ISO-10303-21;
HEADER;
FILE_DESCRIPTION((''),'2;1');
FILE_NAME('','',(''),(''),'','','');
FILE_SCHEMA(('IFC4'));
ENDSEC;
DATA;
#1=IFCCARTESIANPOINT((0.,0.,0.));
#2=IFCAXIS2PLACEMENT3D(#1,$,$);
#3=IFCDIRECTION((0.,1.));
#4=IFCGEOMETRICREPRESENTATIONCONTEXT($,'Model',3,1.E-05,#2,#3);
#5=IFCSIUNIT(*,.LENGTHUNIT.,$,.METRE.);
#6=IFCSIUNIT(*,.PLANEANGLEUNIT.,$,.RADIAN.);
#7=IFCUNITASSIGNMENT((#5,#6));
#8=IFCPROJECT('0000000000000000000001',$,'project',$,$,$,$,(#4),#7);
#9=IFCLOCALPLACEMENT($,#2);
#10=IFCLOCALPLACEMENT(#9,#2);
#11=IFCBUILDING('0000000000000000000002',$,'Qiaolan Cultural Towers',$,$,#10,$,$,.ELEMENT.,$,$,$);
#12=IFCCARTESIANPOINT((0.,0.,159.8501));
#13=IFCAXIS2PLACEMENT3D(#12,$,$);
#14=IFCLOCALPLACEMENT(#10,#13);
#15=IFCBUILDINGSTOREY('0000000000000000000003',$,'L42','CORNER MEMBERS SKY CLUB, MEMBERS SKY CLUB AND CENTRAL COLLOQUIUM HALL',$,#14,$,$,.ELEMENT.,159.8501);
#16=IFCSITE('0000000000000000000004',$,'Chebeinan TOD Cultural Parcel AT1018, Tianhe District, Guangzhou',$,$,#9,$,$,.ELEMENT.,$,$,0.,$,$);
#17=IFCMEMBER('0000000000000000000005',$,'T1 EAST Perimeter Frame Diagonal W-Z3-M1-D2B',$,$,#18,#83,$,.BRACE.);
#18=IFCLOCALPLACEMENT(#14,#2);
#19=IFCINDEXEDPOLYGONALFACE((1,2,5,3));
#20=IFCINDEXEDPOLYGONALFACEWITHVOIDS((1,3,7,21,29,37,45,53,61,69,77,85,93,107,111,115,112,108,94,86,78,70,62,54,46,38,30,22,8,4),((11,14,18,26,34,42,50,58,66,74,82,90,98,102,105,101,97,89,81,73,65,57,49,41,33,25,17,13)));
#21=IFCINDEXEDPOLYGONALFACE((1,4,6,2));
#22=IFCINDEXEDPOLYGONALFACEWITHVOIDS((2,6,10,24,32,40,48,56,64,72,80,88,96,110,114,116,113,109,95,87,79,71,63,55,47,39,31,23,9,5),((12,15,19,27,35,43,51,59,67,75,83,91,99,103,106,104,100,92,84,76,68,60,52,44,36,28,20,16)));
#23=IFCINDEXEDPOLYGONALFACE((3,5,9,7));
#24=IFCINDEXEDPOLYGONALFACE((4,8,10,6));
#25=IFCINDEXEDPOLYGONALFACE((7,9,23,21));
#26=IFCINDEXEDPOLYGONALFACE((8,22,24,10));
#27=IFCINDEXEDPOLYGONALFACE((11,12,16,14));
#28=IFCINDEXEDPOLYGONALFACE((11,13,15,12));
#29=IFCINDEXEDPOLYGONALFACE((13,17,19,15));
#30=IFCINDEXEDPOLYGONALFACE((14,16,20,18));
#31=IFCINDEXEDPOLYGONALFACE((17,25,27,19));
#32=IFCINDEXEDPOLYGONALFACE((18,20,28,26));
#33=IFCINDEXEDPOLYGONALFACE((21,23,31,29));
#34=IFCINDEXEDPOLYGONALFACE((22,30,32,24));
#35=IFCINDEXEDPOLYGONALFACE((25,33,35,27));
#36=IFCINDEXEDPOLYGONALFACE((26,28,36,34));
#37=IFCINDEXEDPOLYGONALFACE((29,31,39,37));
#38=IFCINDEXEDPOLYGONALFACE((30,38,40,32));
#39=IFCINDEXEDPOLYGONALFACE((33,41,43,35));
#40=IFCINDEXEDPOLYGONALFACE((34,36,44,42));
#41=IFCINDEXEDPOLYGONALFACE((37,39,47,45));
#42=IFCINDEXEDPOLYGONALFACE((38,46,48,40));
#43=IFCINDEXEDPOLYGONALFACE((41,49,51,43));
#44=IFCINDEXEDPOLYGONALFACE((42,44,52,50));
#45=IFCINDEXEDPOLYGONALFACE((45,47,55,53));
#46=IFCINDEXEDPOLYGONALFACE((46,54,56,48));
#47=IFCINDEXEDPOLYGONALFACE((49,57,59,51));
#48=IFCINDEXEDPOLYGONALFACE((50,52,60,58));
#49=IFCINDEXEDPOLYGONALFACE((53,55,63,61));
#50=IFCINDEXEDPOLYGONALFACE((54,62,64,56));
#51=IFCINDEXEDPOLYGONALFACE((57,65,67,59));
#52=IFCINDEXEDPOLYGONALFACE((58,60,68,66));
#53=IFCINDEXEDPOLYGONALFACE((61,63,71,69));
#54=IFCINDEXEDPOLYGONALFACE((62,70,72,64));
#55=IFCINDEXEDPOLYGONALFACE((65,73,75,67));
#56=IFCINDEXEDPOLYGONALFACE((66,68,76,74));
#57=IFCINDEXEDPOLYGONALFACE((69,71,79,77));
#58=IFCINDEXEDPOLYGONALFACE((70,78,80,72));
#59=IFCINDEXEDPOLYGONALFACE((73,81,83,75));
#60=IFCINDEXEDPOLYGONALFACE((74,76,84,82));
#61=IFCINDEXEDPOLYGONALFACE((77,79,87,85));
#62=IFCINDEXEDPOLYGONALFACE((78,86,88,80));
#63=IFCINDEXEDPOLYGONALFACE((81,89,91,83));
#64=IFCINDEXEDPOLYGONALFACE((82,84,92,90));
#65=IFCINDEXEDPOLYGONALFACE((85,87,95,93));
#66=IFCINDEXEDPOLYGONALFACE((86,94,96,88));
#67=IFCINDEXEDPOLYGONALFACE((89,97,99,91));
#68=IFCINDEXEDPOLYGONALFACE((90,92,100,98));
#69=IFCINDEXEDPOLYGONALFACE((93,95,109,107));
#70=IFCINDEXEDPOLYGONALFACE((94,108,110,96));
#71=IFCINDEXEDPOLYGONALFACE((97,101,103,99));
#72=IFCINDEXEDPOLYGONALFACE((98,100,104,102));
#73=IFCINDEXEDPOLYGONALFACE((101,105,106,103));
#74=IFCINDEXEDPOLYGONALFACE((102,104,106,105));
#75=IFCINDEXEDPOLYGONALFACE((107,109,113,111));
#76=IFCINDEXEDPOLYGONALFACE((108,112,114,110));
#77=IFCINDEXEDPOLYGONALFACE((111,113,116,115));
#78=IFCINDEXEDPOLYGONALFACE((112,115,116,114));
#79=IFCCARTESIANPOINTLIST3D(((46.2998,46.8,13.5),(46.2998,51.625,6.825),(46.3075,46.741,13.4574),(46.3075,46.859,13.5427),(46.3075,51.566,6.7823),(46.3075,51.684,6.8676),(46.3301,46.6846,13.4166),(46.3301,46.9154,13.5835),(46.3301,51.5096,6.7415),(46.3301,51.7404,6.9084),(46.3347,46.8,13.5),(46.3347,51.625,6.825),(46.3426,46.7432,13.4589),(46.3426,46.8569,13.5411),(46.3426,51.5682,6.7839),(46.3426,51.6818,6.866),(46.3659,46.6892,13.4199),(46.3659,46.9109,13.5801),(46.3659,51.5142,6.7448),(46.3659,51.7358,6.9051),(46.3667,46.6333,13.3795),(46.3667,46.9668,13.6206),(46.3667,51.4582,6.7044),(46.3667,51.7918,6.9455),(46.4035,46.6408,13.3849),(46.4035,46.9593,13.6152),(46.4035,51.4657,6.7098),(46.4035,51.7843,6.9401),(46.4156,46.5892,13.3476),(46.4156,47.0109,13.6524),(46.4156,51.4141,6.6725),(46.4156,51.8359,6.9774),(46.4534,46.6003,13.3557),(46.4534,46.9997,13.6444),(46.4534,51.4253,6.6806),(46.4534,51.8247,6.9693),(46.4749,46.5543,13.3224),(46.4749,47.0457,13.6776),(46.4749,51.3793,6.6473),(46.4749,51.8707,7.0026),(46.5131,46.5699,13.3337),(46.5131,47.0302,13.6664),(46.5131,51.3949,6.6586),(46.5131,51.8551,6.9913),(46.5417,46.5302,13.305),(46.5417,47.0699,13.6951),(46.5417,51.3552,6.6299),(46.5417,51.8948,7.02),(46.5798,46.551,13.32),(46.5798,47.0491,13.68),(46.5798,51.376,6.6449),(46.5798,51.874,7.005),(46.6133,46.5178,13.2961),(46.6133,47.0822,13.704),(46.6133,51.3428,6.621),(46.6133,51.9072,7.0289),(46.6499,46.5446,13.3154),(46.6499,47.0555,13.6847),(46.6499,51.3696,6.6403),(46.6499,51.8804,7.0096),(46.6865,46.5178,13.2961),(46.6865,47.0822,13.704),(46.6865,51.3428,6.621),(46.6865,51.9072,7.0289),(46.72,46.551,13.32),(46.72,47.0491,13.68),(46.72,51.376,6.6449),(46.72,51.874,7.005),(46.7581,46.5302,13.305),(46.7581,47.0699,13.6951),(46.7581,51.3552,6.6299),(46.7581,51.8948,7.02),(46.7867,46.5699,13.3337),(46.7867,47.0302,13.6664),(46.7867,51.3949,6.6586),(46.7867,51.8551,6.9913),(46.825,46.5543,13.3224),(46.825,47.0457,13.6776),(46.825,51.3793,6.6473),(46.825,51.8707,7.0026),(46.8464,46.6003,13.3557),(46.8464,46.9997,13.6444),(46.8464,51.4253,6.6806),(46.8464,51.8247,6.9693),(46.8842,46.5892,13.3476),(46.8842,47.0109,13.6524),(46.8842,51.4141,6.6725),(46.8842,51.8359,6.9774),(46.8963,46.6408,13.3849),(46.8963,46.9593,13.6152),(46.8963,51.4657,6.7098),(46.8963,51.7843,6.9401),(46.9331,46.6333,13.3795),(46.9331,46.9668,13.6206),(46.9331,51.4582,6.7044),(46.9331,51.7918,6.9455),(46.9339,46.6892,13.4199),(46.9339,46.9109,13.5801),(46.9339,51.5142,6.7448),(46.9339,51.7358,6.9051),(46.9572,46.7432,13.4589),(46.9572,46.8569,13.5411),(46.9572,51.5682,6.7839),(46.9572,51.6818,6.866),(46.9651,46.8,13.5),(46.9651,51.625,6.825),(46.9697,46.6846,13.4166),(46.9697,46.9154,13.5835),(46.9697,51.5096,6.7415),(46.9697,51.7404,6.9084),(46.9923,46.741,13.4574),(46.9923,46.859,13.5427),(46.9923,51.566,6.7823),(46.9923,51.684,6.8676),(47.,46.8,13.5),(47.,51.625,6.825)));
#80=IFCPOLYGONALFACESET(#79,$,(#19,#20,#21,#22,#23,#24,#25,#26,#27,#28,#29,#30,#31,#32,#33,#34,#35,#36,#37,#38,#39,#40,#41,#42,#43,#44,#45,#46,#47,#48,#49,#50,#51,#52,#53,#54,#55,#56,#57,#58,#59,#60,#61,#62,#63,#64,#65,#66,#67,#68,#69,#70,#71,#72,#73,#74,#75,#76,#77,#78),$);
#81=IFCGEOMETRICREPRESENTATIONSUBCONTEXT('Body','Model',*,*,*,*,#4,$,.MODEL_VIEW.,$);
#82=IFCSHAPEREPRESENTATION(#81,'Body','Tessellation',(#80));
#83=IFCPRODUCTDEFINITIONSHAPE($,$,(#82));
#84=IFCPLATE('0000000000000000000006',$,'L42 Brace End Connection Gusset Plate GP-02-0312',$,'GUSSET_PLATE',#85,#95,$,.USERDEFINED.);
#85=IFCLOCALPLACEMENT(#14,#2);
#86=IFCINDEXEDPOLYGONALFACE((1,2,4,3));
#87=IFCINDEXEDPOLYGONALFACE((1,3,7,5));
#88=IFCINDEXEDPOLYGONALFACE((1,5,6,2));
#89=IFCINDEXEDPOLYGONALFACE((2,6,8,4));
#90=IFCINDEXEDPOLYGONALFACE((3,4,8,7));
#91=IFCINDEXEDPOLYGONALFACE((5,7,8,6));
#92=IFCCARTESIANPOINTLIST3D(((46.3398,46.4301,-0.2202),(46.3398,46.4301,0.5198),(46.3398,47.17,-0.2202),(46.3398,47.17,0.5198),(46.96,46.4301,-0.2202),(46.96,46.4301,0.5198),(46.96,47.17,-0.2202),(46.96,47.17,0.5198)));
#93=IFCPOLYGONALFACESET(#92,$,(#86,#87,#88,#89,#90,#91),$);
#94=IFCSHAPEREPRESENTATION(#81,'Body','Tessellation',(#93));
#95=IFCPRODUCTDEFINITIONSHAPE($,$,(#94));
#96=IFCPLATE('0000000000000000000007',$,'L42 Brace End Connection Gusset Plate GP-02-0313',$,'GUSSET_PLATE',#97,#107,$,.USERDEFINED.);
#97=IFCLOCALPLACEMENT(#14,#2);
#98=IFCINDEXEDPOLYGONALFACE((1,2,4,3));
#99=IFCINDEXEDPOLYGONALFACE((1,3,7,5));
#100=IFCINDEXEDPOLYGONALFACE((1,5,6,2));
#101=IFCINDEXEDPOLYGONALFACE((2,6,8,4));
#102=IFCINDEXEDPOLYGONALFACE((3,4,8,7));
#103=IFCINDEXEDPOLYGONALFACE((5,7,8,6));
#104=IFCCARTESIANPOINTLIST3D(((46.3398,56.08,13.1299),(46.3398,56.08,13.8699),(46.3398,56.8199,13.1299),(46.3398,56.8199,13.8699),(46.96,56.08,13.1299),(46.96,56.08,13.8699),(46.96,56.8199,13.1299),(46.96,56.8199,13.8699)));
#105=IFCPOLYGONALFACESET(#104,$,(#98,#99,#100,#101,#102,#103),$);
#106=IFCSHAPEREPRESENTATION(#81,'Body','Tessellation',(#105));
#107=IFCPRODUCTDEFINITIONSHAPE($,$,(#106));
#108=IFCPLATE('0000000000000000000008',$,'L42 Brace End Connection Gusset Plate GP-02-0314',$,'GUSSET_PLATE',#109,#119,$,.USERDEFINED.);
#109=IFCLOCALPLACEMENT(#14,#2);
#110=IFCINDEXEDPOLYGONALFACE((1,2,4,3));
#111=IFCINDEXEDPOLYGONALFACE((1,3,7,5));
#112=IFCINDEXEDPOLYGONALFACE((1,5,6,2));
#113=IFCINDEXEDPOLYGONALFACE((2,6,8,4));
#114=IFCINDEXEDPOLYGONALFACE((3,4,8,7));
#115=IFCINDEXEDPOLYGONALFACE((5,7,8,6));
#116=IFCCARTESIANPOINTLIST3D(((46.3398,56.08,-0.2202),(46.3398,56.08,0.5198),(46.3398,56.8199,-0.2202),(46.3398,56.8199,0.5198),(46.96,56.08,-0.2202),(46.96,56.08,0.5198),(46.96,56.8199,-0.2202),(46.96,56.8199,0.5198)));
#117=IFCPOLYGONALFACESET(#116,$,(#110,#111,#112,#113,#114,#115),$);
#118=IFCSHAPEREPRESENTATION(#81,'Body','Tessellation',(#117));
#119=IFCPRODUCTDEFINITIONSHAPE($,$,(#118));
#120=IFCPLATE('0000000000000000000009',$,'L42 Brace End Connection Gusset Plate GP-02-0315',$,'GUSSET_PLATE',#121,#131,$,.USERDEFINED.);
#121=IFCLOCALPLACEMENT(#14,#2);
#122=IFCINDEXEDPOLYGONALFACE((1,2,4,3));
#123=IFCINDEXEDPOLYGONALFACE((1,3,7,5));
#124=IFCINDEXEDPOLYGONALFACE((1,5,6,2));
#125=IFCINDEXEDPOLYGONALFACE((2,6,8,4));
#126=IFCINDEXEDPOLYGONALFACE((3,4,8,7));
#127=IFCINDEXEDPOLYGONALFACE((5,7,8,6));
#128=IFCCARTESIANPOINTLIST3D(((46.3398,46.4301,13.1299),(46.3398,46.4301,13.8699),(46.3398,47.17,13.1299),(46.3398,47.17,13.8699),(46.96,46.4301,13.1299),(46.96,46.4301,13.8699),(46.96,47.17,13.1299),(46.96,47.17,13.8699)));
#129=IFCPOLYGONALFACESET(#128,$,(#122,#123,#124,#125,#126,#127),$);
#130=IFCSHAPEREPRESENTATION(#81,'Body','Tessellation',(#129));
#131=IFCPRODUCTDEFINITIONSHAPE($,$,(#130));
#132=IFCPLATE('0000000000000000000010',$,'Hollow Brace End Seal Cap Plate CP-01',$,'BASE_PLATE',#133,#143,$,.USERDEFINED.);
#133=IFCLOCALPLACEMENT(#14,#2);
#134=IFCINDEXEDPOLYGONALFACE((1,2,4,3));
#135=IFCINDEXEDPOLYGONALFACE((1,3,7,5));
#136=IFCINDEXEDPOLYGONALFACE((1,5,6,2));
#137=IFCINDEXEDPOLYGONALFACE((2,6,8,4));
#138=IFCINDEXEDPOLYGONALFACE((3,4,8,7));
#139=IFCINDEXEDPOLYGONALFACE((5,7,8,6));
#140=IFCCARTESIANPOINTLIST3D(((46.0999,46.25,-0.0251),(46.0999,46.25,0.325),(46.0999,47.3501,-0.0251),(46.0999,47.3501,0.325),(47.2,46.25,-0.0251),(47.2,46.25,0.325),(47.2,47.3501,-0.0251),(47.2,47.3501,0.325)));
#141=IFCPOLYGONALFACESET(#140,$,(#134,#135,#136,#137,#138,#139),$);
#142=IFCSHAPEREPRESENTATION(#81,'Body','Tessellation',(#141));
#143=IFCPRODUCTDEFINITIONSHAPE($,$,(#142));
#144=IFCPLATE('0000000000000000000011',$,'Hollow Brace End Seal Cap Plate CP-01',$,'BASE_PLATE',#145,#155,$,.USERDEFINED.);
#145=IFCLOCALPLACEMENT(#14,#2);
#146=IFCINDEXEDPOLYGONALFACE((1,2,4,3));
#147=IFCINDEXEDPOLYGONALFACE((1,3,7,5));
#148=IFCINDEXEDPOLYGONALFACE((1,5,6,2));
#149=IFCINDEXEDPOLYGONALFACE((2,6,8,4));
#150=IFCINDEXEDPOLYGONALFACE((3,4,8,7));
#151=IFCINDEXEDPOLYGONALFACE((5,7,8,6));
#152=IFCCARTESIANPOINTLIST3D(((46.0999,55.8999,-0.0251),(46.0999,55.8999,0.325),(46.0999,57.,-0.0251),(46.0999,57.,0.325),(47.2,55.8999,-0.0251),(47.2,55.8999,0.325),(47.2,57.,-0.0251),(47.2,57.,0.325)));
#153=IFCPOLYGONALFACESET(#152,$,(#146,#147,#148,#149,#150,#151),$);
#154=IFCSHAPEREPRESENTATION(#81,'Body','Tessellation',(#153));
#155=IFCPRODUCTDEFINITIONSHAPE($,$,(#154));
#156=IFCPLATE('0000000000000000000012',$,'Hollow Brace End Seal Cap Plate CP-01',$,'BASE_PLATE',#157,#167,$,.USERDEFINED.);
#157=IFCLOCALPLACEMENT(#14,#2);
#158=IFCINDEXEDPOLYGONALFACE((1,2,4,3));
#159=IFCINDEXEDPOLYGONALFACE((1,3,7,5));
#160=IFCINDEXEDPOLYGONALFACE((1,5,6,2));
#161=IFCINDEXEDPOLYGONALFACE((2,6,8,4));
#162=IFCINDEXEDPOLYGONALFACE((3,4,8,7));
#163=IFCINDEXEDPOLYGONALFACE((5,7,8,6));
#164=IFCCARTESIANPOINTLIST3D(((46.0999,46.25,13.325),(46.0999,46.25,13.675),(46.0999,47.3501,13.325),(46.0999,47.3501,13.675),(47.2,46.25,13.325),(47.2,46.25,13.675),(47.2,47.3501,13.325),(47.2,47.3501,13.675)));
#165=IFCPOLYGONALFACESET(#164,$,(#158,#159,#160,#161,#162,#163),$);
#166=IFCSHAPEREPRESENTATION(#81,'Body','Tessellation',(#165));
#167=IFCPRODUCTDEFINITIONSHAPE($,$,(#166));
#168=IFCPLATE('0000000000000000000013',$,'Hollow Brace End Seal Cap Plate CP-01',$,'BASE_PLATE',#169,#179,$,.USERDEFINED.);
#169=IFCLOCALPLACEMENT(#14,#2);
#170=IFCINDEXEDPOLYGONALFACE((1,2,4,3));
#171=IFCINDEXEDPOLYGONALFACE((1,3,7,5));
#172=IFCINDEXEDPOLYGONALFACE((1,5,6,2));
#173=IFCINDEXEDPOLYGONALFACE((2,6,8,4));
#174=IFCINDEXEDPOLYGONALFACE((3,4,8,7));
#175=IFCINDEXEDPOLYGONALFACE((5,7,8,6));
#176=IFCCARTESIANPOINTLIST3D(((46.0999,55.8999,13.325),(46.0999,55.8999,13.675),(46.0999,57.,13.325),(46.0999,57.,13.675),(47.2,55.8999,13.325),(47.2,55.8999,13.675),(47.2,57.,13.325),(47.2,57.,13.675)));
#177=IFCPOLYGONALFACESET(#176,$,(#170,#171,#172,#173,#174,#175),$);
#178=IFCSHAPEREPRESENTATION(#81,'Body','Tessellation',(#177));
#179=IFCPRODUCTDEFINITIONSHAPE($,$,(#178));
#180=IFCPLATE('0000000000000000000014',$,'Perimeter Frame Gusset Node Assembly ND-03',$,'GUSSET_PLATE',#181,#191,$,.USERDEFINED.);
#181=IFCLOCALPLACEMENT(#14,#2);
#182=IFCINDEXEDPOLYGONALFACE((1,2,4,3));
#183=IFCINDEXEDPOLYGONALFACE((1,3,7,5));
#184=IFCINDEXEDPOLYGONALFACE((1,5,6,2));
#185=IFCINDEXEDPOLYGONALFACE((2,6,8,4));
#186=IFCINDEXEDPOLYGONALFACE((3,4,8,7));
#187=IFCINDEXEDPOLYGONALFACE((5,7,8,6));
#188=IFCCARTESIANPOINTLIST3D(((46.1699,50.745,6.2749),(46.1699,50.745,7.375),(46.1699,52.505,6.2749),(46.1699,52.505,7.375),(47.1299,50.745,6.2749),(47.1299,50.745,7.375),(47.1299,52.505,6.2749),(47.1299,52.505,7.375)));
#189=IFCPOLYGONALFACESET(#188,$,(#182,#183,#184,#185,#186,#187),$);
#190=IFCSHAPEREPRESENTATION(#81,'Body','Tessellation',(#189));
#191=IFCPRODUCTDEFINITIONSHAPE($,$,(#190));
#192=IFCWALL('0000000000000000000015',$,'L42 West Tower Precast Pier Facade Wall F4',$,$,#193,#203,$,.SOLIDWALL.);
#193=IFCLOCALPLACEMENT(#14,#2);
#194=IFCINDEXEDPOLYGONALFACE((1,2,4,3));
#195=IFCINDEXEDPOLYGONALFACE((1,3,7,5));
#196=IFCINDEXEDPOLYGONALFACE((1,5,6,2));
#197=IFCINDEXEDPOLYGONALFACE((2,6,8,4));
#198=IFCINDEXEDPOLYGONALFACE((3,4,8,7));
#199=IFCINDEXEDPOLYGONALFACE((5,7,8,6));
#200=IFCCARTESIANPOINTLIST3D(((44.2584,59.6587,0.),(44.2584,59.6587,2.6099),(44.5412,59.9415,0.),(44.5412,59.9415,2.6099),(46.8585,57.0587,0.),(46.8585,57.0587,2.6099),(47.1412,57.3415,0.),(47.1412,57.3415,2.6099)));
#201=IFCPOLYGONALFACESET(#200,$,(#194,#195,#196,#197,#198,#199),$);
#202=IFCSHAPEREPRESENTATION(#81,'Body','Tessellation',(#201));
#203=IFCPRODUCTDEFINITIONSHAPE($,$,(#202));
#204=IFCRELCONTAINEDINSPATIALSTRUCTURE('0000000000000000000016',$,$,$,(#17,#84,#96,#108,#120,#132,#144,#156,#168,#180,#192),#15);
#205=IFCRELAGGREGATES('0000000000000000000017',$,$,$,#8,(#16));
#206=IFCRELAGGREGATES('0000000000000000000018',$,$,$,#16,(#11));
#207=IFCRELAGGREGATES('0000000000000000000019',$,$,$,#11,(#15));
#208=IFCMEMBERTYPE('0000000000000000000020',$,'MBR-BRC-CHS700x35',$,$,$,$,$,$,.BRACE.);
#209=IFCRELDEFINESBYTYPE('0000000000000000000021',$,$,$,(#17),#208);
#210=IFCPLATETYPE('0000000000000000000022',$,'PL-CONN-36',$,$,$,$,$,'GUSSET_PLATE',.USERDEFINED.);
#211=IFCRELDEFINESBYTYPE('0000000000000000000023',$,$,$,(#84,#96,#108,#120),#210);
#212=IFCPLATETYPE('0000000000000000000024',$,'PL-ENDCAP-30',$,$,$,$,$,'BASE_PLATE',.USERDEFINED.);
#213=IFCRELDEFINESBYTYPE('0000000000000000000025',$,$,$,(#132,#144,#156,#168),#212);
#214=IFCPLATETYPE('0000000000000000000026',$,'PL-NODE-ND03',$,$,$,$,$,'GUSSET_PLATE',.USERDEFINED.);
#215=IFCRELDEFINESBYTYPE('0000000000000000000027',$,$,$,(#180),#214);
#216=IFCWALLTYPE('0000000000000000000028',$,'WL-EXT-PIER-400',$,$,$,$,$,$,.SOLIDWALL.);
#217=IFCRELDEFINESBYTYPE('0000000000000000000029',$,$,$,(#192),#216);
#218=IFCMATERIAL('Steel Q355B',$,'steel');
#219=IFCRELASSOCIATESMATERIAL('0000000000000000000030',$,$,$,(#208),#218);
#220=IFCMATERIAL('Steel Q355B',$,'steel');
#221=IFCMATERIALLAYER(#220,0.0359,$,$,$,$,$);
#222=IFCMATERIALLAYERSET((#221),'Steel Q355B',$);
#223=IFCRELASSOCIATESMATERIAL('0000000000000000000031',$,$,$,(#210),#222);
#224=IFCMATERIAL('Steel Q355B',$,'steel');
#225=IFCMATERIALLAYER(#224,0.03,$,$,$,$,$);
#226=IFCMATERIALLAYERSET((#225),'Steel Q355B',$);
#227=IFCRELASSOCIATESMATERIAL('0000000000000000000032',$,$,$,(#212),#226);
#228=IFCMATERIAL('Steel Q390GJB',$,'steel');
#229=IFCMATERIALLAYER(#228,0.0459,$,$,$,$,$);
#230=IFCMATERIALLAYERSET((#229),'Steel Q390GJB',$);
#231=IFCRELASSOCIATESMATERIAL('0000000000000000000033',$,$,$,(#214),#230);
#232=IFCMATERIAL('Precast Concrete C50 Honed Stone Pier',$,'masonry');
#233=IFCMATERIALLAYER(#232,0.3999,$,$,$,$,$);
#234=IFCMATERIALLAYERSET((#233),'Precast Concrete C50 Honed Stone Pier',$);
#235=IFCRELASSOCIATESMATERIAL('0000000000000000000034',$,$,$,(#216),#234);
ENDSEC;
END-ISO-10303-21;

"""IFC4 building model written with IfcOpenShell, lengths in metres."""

from ifc_helpers import new_model, si_unit, direction, frame, frame_2d, origin, origin_2d, place, context, subcontext, project, spatial, rectangle, hollow_circle, extrude, material, layer, layer_set, material_profile, profile_set, type_object, element, save


model = new_model("IFC4")

# Units and contexts
model_context = context("Model", 3, precision=1e-05, world=origin(), true_north=direction((0.0, 1.0)))
body_context = subcontext(model_context, "Body", "Model", "MODEL_VIEW")
ifc_project = project(units=[si_unit("LENGTHUNIT", "METRE"), si_unit("PLANEANGLEUNIT", "RADIAN")], contexts=[model_context])

# Site, building, storey
site_placement = place(None, origin())
site = spatial("IfcSite", under=ifc_project, at=site_placement, Name="Chebeinan TOD Cultural Parcel AT1018, Tianhe District, Guangzhou", CompositionType="ELEMENT", RefElevation=0.0)
building_placement = place(site_placement, origin())
building = spatial("IfcBuilding", under=site, at=building_placement, Name="Qiaolan Cultural Towers", CompositionType="ELEMENT")
storey_placement = place(building_placement, frame((0.0, 0.0, 159.8501)))
storey = spatial("IfcBuildingStorey", under=building, at=storey_placement, Name="L42", Description="CORNER MEMBERS SKY CLUB, MEMBERS SKY CLUB AND CENTRAL COLLOQUIUM HALL", CompositionType="ELEMENT", Elevation=159.8501)

# Member
ifc_material_1 = material(Name="Steel Q355B", Category="steel")
ifc_material_profile_1 = material_profile(ifc_material_1, hollow_circle(Radius=0.3501, WallThickness=0.0349, at=origin_2d()), Name="CHS700x35")
ifc_profile_set_1 = profile_set([ifc_material_profile_1], Name="Steel Q355B")
member_type = type_object("IfcMemberType", Name="MBR-BRC-CHS700x35", PredefinedType="BRACE", material=ifc_profile_set_1)
for number, where, z_axis, x_axis, name in (
    (1, (46.6499, 51.625, 6.825), (0.0, -0.585816, 0.810444), (1.0, 0.0, 0.0), "T1 EAST Perimeter Frame Diagonal W-Z3-M1-D2B"),
):
    element("IfcMember", number, at=place(storey_placement, frame(where, z_axis=z_axis, x_axis=x_axis)), inside=storey, type_object=member_type, Name=name, PredefinedType="BRACE", context=body_context, shape_type="SweptSolid", body=[
        extrude(hollow_circle(Radius=0.3501, WallThickness=0.0349, at=origin_2d()), origin(), (0.0, 0.0, 1.0), 8.2363),
    ])

# Plates
ifc_material_2 = material(Name="Steel Q355B", Category="steel")
ifc_layer_1 = layer(ifc_material_2, 0.0359)
ifc_layer_set_1 = layer_set([ifc_layer_1], Name="Steel Q355B")
plate_type_1 = type_object("IfcPlateType", Name="PL-CONN-36", ElementType="GUSSET_PLATE", PredefinedType="USERDEFINED", material=ifc_layer_set_1)
for number, where, z_axis, x_axis, name in (
    (2, (46.6499, 46.8, -0.2202), (0.0, 0.0, 1.0), (0.0, 1.0, 0.0), "L42 Brace End Connection Gusset Plate GP-02-0312"),
    (3, (46.6499, 56.45, 13.1299), (0.0, 0.0, 1.0), (0.0, 1.0, 0.0), "L42 Brace End Connection Gusset Plate GP-02-0313"),
    (4, (46.6499, 56.45, -0.2202), (0.0, 0.0, 1.0), (0.0, 1.0, 0.0), "L42 Brace End Connection Gusset Plate GP-02-0314"),
    (5, (46.6499, 46.8, 13.1299), (0.0, 0.0, 1.0), (0.0, 1.0, 0.0), "L42 Brace End Connection Gusset Plate GP-02-0315"),
):
    element("IfcPlate", number, at=place(storey_placement, frame(where, z_axis=z_axis, x_axis=x_axis)), inside=storey, type_object=plate_type_1, Name=name, ObjectType="GUSSET_PLATE", PredefinedType="USERDEFINED", context=body_context, shape_type="SweptSolid", body=[
        extrude(rectangle(XDim=0.74, YDim=0.6201, at=origin_2d()), origin(), (0.0, 0.0, 1.0), 0.74),
    ])
ifc_material_3 = material(Name="Steel Q355B", Category="steel")
ifc_layer_2 = layer(ifc_material_3, 0.03)
ifc_layer_set_2 = layer_set([ifc_layer_2], Name="Steel Q355B")
plate_type_2 = type_object("IfcPlateType", Name="PL-ENDCAP-30", ElementType="BASE_PLATE", PredefinedType="USERDEFINED", material=ifc_layer_set_2)
for number, where, z_axis, x_axis, name in (
    (6, (46.6499, 46.8, -0.0251), (0.0, 0.0, 1.0), (0.0, 1.0, 0.0), "Hollow Brace End Seal Cap Plate CP-01"),
    (7, (46.6499, 56.45, -0.0251), (0.0, 0.0, 1.0), (0.0, 1.0, 0.0), "Hollow Brace End Seal Cap Plate CP-01"),
    (8, (46.6499, 46.8, 13.325), (0.0, 0.0, 1.0), (0.0, 1.0, 0.0), "Hollow Brace End Seal Cap Plate CP-01"),
    (9, (46.6499, 56.45, 13.325), (0.0, 0.0, 1.0), (0.0, 1.0, 0.0), "Hollow Brace End Seal Cap Plate CP-01"),
):
    element("IfcPlate", number, at=place(storey_placement, frame(where, z_axis=z_axis, x_axis=x_axis)), inside=storey, type_object=plate_type_2, Name=name, ObjectType="BASE_PLATE", PredefinedType="USERDEFINED", context=body_context, shape_type="SweptSolid", body=[
        extrude(rectangle(XDim=1.1001, YDim=1.1001, at=origin_2d()), origin(), (0.0, 0.0, 1.0), 0.3501),
    ])
ifc_material_4 = material(Name="Steel Q390GJB", Category="steel")
ifc_layer_3 = layer(ifc_material_4, 0.0459)
ifc_layer_set_3 = layer_set([ifc_layer_3], Name="Steel Q390GJB")
plate_type_3 = type_object("IfcPlateType", Name="PL-NODE-ND03", ElementType="GUSSET_PLATE", PredefinedType="USERDEFINED", material=ifc_layer_set_3)
plate_placement = place(storey_placement, frame((46.6499, 51.625, 6.2749), z_axis=(0.0, 0.0, 1.0), x_axis=(0.0, 1.0, 0.0)))
element("IfcPlate", 10, at=plate_placement, inside=storey, type_object=plate_type_3, Name="Perimeter Frame Gusset Node Assembly ND-03", ObjectType="GUSSET_PLATE", PredefinedType="USERDEFINED", context=body_context, shape_type="SweptSolid", body=[
    extrude(rectangle(XDim=1.76, YDim=0.96, at=origin_2d()), origin(), (0.0, 0.0, 1.0), 1.1001),
])

# Wall
ifc_material_5 = material(Name="Precast Concrete C50 Honed Stone Pier", Category="masonry")
ifc_layer_4 = layer(ifc_material_5, 0.3999)
ifc_layer_set_4 = layer_set([ifc_layer_4], Name="Precast Concrete C50 Honed Stone Pier")
wall_type_1 = type_object("IfcWallType", Name="WL-EXT-PIER-400", PredefinedType="SOLIDWALL", material=ifc_layer_set_4)
wall_1_placement = place(storey_placement, frame((44.3999, 59.8, 0.0), z_axis=(0.0, 0.0, 1.0), x_axis=(0.707107, -0.707107, 0.0)))
element("IfcWall", 11, at=wall_1_placement, inside=storey, type_object=wall_type_1, Name="L42 West Tower Precast Pier Facade Wall F4", PredefinedType="SOLIDWALL", context=body_context, shape_type="SweptSolid", body=[
    extrude(rectangle(XDim=3.677, YDim=0.3999, at=frame_2d((1.8384, 0.0))), origin(), (0.0, 0.0, 1.0), 2.6099),
])

save(model, "model.ifc")
